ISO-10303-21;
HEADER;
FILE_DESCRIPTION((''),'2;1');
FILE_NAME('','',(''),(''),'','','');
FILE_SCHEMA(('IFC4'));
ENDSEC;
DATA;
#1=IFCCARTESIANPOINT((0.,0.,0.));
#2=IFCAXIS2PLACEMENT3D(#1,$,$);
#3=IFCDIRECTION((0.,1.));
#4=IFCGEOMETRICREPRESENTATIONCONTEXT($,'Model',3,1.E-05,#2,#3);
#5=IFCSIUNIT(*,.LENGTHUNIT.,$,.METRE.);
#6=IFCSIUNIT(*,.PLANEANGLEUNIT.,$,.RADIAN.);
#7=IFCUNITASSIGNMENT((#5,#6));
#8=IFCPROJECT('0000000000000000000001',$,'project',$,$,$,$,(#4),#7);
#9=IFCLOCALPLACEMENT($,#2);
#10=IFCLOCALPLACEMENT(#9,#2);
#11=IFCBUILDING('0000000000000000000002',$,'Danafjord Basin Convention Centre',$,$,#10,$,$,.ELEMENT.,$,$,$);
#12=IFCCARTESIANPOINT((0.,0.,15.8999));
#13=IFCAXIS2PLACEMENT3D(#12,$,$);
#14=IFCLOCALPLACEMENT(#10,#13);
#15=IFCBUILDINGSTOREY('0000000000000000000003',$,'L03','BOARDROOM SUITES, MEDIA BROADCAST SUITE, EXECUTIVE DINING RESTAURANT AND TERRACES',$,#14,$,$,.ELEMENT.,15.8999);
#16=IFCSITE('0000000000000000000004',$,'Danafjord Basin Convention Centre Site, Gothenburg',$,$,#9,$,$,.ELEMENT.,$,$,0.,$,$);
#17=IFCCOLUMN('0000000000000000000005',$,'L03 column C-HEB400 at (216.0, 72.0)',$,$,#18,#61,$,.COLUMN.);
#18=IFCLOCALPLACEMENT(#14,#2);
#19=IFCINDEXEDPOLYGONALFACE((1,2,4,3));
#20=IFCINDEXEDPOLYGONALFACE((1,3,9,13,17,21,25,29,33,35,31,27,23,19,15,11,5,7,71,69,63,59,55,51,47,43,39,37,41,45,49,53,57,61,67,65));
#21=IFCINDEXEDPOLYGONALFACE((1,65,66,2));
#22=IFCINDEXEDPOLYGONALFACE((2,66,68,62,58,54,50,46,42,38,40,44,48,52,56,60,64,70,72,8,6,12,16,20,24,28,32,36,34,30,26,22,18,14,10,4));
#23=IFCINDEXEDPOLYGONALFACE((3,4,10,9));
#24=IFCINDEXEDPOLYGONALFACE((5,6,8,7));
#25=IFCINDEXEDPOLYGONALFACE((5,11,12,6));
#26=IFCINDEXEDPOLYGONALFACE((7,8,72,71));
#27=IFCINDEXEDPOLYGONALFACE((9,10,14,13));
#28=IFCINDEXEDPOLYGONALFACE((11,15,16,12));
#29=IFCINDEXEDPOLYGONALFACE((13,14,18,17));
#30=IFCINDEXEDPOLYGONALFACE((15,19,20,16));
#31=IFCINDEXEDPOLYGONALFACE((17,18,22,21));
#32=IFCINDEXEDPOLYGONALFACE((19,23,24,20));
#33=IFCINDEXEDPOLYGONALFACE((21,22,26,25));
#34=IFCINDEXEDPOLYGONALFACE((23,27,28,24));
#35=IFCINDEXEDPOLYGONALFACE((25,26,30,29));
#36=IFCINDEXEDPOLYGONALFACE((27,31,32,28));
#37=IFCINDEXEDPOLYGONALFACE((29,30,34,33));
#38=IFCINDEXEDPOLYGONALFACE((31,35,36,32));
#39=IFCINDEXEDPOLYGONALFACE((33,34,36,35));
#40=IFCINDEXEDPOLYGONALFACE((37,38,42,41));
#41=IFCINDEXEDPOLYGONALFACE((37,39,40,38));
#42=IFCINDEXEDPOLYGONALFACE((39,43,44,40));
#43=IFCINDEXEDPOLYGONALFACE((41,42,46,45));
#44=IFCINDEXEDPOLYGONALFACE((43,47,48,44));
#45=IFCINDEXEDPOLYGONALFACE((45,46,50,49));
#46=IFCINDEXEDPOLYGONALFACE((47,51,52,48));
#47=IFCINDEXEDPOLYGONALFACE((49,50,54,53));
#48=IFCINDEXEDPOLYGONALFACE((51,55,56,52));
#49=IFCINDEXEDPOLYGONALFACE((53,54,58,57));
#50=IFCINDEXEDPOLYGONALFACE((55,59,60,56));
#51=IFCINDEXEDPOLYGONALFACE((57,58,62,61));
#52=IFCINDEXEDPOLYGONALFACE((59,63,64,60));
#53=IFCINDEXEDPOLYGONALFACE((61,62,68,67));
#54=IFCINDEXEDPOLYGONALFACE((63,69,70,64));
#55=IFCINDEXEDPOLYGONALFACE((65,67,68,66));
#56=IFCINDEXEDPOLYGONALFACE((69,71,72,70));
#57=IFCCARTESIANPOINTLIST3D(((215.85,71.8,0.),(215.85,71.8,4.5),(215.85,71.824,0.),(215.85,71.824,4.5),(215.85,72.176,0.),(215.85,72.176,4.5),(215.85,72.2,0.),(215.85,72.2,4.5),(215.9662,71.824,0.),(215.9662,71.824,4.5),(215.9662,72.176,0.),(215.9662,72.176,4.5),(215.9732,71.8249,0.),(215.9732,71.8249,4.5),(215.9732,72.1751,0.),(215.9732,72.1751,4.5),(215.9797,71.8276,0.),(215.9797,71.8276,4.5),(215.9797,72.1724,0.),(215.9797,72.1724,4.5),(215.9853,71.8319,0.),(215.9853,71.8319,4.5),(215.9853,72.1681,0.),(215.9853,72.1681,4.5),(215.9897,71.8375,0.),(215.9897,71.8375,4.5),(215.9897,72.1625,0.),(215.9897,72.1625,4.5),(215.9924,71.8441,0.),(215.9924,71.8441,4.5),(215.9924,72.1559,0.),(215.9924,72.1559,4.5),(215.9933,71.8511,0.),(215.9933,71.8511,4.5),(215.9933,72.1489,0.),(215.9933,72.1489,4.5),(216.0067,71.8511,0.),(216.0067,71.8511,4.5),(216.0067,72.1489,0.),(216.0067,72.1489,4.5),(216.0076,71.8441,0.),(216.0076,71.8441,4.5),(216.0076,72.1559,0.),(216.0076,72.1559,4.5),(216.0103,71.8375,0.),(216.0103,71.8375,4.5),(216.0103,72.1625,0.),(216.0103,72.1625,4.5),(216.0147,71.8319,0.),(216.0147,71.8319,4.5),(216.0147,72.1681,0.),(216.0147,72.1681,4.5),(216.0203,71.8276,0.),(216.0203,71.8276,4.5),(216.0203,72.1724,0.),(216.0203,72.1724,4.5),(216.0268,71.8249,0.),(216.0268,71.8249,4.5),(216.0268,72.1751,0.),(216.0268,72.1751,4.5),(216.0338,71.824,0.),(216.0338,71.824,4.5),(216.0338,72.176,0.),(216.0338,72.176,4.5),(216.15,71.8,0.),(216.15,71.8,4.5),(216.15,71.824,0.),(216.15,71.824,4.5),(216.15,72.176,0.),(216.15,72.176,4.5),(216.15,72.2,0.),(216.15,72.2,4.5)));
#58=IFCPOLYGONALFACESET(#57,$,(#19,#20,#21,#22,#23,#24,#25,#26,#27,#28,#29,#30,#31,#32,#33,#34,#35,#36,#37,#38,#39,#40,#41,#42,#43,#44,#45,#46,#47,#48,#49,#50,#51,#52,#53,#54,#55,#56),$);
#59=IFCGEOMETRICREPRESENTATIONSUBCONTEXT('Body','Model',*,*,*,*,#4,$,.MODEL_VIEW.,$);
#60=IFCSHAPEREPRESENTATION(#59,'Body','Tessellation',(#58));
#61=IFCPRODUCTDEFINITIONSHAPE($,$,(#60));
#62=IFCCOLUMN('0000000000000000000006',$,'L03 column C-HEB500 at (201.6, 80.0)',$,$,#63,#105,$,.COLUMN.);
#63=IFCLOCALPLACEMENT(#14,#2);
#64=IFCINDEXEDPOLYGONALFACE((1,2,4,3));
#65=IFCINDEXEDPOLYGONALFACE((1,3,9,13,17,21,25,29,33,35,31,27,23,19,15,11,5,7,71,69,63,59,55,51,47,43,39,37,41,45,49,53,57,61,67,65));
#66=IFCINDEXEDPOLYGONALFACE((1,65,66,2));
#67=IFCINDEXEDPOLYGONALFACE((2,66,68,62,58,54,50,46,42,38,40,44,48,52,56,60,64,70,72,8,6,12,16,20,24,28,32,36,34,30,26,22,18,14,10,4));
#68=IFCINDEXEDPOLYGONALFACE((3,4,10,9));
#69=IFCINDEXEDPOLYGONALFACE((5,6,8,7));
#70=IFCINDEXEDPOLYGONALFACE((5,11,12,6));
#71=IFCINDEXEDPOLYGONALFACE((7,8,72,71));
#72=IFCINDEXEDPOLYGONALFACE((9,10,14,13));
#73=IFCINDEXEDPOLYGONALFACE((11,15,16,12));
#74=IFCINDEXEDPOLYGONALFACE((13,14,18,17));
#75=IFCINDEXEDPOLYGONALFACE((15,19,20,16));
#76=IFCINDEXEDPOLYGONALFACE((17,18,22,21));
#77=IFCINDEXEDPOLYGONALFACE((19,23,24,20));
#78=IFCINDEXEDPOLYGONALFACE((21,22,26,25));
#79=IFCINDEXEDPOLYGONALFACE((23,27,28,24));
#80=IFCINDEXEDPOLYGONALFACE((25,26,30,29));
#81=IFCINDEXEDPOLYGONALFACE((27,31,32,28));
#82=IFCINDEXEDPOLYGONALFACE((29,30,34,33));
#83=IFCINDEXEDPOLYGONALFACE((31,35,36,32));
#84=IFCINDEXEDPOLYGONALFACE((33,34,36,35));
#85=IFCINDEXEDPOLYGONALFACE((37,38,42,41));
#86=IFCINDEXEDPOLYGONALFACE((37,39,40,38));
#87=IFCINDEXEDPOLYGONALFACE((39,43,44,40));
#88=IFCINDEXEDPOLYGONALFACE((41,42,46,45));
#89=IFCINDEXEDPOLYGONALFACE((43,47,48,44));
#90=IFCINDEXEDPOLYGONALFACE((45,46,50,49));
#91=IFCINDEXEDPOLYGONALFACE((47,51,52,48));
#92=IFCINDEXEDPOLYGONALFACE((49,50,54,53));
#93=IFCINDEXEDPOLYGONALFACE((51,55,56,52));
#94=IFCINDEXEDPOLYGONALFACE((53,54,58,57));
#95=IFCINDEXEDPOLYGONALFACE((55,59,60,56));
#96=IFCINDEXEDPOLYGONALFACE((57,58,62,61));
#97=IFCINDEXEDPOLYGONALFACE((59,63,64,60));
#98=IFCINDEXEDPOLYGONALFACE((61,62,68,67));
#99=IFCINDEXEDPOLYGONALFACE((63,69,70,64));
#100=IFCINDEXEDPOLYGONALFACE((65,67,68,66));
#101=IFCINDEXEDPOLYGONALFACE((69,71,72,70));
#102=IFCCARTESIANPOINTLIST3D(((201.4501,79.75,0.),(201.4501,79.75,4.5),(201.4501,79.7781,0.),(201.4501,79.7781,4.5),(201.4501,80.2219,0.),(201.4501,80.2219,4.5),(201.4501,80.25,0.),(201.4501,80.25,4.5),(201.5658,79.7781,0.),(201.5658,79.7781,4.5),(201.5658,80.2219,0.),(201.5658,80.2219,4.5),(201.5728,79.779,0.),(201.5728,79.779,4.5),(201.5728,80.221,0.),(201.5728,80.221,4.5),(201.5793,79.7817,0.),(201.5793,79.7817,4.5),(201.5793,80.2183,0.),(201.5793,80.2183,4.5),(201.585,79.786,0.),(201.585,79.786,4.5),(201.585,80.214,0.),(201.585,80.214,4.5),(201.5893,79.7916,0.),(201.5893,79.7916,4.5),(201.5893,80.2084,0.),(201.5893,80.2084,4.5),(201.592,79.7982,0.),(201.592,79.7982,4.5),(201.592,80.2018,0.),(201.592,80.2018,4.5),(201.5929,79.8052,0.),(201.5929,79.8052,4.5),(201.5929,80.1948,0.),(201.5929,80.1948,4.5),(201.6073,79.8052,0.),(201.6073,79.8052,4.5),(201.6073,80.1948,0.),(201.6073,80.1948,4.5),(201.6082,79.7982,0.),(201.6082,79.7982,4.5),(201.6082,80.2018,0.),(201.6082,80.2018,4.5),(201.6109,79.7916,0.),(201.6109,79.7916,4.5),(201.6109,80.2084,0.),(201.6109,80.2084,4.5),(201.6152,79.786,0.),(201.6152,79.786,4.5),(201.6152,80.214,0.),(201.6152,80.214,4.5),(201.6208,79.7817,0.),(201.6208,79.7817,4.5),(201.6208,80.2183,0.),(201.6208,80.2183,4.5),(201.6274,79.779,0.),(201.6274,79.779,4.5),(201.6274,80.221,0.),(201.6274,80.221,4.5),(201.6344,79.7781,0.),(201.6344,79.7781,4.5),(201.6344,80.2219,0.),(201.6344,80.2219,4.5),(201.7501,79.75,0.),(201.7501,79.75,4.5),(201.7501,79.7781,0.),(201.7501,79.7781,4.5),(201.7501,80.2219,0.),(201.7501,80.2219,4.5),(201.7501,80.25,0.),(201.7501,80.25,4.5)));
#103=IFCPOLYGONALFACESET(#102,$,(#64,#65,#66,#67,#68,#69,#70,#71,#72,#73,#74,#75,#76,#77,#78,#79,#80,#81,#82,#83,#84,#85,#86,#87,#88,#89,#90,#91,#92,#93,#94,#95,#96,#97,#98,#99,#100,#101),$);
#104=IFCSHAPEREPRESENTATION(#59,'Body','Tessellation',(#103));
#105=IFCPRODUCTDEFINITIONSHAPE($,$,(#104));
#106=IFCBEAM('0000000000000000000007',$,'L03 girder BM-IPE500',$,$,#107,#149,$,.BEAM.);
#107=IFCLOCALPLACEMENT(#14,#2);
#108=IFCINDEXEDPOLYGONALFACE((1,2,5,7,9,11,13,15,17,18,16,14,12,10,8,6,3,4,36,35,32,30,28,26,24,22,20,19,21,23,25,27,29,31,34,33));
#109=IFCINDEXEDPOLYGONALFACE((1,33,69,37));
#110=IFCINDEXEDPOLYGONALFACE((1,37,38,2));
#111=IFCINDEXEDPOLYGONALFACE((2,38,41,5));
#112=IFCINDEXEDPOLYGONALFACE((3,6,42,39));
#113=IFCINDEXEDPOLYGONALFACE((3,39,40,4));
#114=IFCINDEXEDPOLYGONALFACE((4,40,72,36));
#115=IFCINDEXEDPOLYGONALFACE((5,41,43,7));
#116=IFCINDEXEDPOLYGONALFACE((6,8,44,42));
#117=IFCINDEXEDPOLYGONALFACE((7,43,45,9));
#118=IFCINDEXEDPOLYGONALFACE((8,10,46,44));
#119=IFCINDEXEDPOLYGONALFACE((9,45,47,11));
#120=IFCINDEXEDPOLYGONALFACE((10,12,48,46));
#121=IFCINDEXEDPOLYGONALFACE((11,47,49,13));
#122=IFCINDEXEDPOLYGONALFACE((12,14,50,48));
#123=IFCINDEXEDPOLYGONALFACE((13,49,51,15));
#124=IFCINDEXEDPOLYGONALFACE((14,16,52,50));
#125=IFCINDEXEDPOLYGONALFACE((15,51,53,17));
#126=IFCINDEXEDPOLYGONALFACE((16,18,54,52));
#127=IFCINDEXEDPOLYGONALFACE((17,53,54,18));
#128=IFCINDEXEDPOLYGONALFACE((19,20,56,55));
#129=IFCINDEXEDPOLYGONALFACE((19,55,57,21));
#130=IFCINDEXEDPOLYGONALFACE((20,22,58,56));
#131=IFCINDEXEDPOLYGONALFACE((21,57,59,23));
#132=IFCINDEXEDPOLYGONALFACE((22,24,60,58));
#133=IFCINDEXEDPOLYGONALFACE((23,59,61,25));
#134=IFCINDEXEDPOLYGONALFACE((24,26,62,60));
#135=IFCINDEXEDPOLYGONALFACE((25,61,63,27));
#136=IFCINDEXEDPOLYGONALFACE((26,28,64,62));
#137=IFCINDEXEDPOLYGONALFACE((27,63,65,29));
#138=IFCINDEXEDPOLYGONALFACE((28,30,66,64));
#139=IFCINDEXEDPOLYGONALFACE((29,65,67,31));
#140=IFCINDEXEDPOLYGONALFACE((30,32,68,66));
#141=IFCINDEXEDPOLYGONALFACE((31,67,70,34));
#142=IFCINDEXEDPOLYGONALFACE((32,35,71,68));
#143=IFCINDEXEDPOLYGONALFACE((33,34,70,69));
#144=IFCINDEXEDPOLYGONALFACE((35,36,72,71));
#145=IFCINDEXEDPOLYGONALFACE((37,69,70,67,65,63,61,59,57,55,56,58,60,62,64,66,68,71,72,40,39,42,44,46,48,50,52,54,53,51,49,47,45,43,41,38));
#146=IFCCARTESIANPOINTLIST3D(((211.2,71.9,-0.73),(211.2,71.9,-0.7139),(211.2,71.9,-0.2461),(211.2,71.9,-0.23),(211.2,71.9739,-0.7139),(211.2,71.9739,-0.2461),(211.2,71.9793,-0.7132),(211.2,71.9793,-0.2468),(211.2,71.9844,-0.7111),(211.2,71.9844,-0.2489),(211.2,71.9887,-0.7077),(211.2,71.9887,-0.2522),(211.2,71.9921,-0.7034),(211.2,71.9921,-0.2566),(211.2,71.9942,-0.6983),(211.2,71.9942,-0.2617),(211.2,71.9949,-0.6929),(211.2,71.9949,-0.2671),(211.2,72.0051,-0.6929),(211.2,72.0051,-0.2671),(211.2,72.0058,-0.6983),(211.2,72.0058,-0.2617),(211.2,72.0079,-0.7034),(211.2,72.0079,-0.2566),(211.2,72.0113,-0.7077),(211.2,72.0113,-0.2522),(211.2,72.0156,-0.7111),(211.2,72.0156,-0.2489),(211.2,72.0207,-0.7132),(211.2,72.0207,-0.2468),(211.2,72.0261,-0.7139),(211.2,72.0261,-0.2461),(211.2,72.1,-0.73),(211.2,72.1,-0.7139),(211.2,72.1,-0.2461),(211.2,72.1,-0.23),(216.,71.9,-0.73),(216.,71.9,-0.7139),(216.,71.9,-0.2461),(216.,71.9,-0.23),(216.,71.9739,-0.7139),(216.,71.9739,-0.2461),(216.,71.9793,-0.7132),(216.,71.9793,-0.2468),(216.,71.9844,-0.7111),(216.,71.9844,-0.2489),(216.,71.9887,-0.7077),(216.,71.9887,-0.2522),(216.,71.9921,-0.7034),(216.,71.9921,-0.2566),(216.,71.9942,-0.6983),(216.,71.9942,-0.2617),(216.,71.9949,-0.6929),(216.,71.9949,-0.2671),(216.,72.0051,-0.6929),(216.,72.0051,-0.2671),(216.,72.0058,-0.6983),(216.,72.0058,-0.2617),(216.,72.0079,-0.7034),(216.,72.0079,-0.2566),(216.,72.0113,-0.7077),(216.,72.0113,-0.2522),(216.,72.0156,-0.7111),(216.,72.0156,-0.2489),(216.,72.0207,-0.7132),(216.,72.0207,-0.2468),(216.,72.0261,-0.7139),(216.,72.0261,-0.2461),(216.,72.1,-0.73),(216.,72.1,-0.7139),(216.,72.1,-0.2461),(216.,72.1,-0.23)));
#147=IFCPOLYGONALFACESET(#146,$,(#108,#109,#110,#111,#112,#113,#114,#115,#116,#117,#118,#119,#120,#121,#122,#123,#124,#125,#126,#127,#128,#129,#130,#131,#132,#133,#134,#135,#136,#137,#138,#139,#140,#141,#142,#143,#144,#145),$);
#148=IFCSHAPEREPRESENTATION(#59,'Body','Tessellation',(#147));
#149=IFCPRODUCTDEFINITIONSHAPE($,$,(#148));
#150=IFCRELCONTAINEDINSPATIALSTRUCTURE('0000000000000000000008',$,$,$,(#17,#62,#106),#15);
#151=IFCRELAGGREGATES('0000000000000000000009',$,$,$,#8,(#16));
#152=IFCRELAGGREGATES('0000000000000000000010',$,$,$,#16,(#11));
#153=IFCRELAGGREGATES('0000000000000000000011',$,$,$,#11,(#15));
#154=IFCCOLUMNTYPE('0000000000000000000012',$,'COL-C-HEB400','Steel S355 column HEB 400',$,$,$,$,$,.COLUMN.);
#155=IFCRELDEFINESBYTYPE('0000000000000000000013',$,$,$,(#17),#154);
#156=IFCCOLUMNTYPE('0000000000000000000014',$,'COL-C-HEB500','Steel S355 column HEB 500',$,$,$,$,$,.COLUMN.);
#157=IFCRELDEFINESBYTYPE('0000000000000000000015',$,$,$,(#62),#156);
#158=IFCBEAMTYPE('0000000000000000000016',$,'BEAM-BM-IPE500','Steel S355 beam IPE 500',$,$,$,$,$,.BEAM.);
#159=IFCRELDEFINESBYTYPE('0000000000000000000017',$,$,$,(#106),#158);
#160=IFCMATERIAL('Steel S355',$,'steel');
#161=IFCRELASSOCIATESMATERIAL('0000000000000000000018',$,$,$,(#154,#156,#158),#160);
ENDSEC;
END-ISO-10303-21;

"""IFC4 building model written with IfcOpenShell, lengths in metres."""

from ifc_helpers import new_model, si_unit, direction, frame, origin, origin_2d, place, context, subcontext, project, spatial, i_section, extrude, material, material_profile, profile_set, type_object, element, save


model = new_model("IFC4")

# Units and contexts
model_context = context("Model", 3, precision=1e-05, world=origin(), true_north=direction((0.0, 1.0)))
body_context = subcontext(model_context, "Body", "Model", "MODEL_VIEW")
ifc_project = project(units=[si_unit("LENGTHUNIT", "METRE"), si_unit("PLANEANGLEUNIT", "RADIAN")], contexts=[model_context])

# Site, building, storey
site_placement = place(None, origin())
site = spatial("IfcSite", under=ifc_project, at=site_placement, Name="Danafjord Basin Convention Centre Site, Gothenburg", CompositionType="ELEMENT", RefElevation=0.0)
building_placement = place(site_placement, origin())
building = spatial("IfcBuilding", under=site, at=building_placement, Name="Danafjord Basin Convention Centre", CompositionType="ELEMENT")
storey_placement = place(building_placement, frame((0.0, 0.0, 15.8999)))
storey = spatial("IfcBuildingStorey", under=building, at=storey_placement, Name="L03", Description="BOARDROOM SUITES, MEDIA BROADCAST SUITE, EXECUTIVE DINING RESTAURANT AND TERRACES", CompositionType="ELEMENT", Elevation=15.8999)

# Columns
ifc_material_1 = material(Name="Steel S355", Category="steel")
ifc_material_profile_1 = material_profile(ifc_material_1, i_section(OverallWidth=0.3, OverallDepth=0.3999, WebThickness=0.0134, FlangeThickness=0.0239, FilletRadius=0.0271, at=origin_2d()), Name="HEB 400")
ifc_profile_set_1 = profile_set([ifc_material_profile_1], Name="Steel S355")
column_type_1 = type_object("IfcColumnType", Name="COL-C-HEB400", Description="Steel S355 column HEB 400", PredefinedType="COLUMN", material=ifc_profile_set_1)
column_1_placement = place(storey_placement, frame((216.0, 72.0, 0.0), z_axis=(0.0, 0.0, 1.0), x_axis=(1.0, 0.0, 0.0)))
element("IfcColumn", 1, at=column_1_placement, inside=storey, type_object=column_type_1, Name="L03 column C-HEB400 at (216.0, 72.0)", PredefinedType="COLUMN", context=body_context, shape_type="SweptSolid", body=[
    extrude(i_section(OverallWidth=0.3, OverallDepth=0.3999, WebThickness=0.0134, FlangeThickness=0.0239, FilletRadius=0.0271, at=origin_2d()), origin(), (0.0, 0.0, 1.0), 4.5),
])
ifc_material_profile_2 = material_profile(ifc_material_1, i_section(OverallWidth=0.3, OverallDepth=0.5, WebThickness=0.0144, FlangeThickness=0.0281, FilletRadius=0.0271, at=origin_2d()), Name="HEB 500")
ifc_profile_set_2 = profile_set([ifc_material_profile_2], Name="Steel S355")
column_type_2 = type_object("IfcColumnType", Name="COL-C-HEB500", Description="Steel S355 column HEB 500", PredefinedType="COLUMN", material=ifc_profile_set_2)
column_2_placement = place(storey_placement, frame((201.6001, 80.0, 0.0), z_axis=(0.0, 0.0, 1.0), x_axis=(1.0, 0.0, 0.0)))
element("IfcColumn", 2, at=column_2_placement, inside=storey, type_object=column_type_2, Name="L03 column C-HEB500 at (201.6, 80.0)", PredefinedType="COLUMN", context=body_context, shape_type="SweptSolid", body=[
    extrude(i_section(OverallWidth=0.3, OverallDepth=0.5, WebThickness=0.0144, FlangeThickness=0.0281, FilletRadius=0.0271, at=origin_2d()), origin(), (0.0, 0.0, 1.0), 4.5),
])

# Beam
ifc_material_profile_3 = material_profile(ifc_material_1, i_section(OverallWidth=0.2, OverallDepth=0.5, WebThickness=0.0103, FlangeThickness=0.0161, FilletRadius=0.021, at=origin_2d()), Name="IPE 500")
ifc_profile_set_3 = profile_set([ifc_material_profile_3], Name="Steel S355")
beam_type_1 = type_object("IfcBeamType", Name="BEAM-BM-IPE500", Description="Steel S355 beam IPE 500", PredefinedType="BEAM", material=ifc_profile_set_3)
beam_1_placement = place(storey_placement, frame((211.2, 72.0, -0.48), z_axis=(1.0, 0.0, 0.0), x_axis=(0.0, 1.0, 0.0)))
element("IfcBeam", 3, at=beam_1_placement, inside=storey, type_object=beam_type_1, Name="L03 girder BM-IPE500", PredefinedType="BEAM", context=body_context, shape_type="SweptSolid", body=[
    extrude(i_section(OverallWidth=0.2, OverallDepth=0.5, WebThickness=0.0103, FlangeThickness=0.0161, FilletRadius=0.021, at=origin_2d()), origin(), (0.0, 0.0, 1.0), 4.8),
])

save(model, "model.ifc")
